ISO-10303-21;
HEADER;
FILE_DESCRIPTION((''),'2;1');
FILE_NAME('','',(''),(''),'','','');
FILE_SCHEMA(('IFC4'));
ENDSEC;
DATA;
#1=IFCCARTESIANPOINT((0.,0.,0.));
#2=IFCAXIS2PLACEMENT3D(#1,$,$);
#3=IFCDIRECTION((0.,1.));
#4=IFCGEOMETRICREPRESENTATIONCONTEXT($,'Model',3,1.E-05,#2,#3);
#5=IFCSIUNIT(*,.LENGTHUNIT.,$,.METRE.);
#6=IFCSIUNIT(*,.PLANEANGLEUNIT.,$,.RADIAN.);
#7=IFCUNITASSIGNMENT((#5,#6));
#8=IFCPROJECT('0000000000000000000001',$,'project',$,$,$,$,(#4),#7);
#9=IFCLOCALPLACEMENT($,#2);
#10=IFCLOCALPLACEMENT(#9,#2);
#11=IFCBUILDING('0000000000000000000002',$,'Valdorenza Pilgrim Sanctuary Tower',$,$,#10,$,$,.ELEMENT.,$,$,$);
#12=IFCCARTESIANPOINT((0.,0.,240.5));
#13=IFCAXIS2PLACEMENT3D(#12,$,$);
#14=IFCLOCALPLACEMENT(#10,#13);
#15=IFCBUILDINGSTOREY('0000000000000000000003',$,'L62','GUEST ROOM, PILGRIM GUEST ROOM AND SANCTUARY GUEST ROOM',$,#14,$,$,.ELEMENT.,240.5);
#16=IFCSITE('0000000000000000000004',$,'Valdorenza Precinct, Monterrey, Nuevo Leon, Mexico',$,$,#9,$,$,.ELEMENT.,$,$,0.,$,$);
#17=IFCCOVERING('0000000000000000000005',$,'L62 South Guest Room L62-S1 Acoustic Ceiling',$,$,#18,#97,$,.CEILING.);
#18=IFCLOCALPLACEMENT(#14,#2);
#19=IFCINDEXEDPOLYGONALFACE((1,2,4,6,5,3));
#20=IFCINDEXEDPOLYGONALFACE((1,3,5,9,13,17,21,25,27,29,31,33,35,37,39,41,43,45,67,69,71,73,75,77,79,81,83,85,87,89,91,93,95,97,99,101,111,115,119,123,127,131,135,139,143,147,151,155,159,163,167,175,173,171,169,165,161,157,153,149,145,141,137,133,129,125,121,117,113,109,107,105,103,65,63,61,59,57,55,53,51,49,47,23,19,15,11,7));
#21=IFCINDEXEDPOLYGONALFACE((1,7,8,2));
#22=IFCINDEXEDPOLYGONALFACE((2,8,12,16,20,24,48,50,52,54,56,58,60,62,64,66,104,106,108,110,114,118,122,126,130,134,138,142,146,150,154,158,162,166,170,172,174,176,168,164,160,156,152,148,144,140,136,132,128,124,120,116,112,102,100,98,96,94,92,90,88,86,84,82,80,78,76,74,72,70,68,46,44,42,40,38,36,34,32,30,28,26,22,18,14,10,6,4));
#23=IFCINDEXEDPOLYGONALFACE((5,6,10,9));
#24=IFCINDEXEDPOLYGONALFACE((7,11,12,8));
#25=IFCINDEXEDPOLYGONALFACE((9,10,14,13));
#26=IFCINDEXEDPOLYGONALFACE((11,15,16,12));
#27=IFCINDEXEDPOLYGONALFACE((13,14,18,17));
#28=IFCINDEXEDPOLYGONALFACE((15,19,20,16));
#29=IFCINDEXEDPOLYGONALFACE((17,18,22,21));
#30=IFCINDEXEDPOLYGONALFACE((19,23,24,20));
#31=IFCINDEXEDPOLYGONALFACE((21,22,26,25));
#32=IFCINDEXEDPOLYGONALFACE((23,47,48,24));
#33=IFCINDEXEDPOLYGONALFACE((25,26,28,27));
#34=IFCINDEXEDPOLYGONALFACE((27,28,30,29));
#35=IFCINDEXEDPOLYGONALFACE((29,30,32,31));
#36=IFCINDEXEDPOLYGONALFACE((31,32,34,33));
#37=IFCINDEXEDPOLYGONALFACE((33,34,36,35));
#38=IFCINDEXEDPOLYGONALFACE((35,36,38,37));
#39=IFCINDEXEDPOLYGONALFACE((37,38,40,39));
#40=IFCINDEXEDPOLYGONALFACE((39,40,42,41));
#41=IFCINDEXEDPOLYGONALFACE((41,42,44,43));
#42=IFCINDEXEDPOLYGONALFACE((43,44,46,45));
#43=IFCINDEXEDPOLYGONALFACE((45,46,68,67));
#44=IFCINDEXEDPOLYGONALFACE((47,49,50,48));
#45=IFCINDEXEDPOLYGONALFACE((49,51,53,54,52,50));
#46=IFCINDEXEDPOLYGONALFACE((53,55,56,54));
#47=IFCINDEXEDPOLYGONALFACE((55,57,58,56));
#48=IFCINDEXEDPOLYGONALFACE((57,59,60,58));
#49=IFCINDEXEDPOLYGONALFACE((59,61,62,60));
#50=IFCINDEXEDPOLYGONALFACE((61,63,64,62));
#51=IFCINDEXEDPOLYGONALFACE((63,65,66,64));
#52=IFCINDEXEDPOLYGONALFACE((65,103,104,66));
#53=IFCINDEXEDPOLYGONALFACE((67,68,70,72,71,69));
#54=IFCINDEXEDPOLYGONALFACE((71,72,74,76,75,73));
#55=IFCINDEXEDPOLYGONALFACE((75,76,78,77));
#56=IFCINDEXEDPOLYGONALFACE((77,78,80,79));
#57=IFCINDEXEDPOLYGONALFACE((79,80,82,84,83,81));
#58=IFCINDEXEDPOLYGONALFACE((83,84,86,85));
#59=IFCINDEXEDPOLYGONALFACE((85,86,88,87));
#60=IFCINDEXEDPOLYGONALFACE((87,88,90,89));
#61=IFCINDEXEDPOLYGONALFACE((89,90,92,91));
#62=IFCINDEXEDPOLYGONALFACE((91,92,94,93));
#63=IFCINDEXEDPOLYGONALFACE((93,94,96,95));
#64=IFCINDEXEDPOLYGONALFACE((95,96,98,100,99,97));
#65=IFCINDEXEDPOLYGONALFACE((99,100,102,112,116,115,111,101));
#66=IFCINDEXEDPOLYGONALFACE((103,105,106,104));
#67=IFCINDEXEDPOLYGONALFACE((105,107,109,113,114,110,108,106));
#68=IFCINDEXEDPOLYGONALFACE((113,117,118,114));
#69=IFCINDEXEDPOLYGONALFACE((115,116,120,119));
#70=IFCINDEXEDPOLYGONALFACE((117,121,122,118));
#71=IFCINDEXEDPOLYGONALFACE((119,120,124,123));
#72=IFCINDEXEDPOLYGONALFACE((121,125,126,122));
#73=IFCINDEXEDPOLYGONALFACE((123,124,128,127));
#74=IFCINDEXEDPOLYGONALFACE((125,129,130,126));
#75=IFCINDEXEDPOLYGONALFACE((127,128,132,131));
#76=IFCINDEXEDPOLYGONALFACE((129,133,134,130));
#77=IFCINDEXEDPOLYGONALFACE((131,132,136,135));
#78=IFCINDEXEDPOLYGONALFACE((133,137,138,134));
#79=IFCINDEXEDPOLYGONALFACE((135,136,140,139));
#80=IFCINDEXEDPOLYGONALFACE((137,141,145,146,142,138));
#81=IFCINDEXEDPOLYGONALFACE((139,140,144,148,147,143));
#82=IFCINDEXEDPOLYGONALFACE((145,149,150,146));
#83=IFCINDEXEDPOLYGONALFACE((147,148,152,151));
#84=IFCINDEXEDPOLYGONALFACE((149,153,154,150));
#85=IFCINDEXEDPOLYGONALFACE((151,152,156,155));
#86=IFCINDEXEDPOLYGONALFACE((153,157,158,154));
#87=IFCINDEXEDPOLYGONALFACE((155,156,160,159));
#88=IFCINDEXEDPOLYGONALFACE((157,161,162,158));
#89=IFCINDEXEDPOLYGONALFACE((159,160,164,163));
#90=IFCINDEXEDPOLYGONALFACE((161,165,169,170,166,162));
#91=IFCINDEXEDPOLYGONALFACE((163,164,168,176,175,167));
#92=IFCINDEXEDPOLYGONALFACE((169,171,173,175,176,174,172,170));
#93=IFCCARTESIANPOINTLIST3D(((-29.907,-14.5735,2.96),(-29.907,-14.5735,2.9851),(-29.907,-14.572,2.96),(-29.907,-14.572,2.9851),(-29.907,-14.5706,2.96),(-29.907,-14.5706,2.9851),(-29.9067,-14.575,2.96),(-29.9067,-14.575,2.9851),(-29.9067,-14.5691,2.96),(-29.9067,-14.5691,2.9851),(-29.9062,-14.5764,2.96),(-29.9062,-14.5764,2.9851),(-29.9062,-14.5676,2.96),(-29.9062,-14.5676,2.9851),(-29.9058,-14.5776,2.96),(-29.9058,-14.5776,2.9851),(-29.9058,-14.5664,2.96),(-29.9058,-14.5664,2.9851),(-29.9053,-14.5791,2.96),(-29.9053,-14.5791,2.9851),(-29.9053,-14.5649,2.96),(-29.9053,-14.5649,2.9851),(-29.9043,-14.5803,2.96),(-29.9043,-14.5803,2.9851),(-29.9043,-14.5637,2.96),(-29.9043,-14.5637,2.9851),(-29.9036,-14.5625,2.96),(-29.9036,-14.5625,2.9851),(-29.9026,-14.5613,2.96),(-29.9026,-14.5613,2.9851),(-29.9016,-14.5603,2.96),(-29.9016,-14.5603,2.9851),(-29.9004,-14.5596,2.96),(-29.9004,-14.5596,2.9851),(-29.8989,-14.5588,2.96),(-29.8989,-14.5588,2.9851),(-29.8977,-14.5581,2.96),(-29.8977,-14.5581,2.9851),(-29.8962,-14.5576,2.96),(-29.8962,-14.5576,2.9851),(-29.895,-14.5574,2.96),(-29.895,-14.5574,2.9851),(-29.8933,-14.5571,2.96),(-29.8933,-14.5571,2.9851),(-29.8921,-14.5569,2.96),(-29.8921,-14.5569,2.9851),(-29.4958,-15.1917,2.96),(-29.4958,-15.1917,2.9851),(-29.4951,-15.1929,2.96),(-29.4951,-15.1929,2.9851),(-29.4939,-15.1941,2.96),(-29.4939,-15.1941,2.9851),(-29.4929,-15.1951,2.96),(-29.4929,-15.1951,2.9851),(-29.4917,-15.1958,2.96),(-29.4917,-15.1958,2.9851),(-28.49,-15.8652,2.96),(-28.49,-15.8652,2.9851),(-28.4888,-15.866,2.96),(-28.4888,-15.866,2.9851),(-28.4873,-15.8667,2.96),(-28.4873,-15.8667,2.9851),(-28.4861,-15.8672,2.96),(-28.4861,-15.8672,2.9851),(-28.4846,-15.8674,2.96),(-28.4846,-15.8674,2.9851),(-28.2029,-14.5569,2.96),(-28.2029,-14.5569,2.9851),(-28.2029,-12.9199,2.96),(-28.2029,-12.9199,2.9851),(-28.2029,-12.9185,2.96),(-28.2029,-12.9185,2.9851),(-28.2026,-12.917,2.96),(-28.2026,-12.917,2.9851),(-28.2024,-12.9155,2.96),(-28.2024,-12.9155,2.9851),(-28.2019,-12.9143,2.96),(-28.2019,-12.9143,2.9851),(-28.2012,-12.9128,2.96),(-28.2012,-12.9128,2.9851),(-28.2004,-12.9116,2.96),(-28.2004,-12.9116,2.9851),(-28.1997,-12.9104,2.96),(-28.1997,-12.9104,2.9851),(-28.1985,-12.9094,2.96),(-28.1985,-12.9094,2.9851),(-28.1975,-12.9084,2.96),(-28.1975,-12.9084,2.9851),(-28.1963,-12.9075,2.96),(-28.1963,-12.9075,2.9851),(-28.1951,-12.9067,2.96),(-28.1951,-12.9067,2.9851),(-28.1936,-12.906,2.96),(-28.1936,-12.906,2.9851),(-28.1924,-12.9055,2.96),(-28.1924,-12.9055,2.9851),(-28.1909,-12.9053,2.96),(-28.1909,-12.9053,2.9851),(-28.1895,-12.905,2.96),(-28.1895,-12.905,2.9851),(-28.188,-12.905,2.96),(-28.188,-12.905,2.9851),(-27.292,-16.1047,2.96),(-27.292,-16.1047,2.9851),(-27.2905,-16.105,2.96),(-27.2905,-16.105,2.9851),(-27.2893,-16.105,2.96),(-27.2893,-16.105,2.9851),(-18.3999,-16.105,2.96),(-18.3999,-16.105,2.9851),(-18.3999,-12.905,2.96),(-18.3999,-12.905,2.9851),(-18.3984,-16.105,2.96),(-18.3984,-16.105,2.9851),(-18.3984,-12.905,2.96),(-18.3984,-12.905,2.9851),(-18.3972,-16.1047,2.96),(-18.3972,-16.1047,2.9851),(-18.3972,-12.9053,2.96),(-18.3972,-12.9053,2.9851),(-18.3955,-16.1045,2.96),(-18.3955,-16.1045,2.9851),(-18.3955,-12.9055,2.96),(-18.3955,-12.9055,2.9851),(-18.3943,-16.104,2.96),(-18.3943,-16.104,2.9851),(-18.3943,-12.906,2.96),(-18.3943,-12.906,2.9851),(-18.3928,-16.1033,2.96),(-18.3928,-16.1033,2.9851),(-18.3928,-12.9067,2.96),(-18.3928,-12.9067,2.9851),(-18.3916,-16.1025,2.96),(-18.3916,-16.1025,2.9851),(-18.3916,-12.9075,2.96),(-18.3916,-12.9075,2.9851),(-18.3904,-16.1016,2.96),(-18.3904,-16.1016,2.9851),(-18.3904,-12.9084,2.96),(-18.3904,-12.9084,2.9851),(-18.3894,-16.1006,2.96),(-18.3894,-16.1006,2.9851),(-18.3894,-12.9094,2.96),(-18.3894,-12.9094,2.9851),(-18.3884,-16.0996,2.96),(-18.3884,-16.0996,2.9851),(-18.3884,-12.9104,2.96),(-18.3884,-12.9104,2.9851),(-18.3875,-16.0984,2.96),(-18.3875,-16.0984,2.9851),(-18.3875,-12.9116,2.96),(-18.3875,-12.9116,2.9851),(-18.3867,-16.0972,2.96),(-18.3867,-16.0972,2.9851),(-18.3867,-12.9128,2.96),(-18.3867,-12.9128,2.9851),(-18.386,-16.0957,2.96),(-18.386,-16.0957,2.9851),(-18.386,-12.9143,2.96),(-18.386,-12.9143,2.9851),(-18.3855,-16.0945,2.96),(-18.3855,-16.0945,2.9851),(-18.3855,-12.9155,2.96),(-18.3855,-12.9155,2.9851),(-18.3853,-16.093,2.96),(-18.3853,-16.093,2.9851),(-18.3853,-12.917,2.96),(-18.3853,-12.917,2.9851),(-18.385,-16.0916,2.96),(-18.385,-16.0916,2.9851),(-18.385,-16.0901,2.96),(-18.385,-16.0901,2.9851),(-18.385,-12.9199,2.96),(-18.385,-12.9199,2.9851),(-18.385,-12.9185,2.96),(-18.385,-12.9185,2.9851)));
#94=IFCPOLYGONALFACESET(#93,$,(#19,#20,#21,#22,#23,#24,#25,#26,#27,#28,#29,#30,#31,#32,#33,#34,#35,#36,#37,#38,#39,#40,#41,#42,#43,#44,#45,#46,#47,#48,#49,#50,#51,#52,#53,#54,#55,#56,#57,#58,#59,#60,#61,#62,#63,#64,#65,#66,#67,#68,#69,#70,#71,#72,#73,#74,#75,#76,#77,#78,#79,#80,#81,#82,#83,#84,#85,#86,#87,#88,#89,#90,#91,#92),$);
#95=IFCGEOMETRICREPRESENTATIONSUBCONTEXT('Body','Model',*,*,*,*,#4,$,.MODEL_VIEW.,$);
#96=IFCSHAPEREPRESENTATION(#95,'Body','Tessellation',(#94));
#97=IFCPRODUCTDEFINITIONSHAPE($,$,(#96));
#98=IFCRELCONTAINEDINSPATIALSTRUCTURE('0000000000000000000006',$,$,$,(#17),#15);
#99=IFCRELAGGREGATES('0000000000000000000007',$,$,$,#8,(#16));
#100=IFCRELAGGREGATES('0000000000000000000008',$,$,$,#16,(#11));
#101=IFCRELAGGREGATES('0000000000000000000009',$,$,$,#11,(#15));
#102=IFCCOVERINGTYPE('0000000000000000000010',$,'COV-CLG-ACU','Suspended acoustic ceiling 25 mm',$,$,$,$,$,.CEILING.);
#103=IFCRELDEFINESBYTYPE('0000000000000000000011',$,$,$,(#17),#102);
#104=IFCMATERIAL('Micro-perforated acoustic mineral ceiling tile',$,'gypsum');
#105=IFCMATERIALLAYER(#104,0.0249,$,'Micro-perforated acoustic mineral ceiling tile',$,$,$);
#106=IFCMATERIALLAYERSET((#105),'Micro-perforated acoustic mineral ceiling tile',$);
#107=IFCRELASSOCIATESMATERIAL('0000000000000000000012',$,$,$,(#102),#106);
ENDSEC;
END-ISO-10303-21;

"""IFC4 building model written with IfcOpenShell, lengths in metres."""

from ifc_helpers import new_model, si_unit, direction, frame, origin, place, context, subcontext, project, spatial, polyline, outline, extrude, material, layer, layer_set, type_object, element, save


model = new_model("IFC4")

# Units and contexts
model_context = context("Model", 3, precision=1e-05, world=origin(), true_north=direction((0.0, 1.0)))
body_context = subcontext(model_context, "Body", "Model", "MODEL_VIEW")
ifc_project = project(units=[si_unit("LENGTHUNIT", "METRE"), si_unit("PLANEANGLEUNIT", "RADIAN")], contexts=[model_context])

# Site, building, storey
site_placement = place(None, origin())
site = spatial("IfcSite", under=ifc_project, at=site_placement, Name="Valdorenza Precinct, Monterrey, Nuevo Leon, Mexico", CompositionType="ELEMENT", RefElevation=0.0)
building_placement = place(site_placement, origin())
building = spatial("IfcBuilding", under=site, at=building_placement, Name="Valdorenza Pilgrim Sanctuary Tower", CompositionType="ELEMENT")
storey_placement = place(building_placement, frame((0.0, 0.0, 240.5)))
storey = spatial("IfcBuildingStorey", under=building, at=storey_placement, Name="L62", Description="GUEST ROOM, PILGRIM GUEST ROOM AND SANCTUARY GUEST ROOM", CompositionType="ELEMENT", Elevation=240.5)

# Covering
ifc_material_1 = material(Name="Micro-perforated acoustic mineral ceiling tile", Category="gypsum")
ifc_layer_1 = layer(ifc_material_1, 0.0249, Name="Micro-perforated acoustic mineral ceiling tile")
ifc_layer_set_1 = layer_set([ifc_layer_1], Name="Micro-perforated acoustic mineral ceiling tile")
covering_type_1 = type_object("IfcCoveringType", Name="COV-CLG-ACU", Description="Suspended acoustic ceiling 25 mm", PredefinedType="CEILING", material=ifc_layer_set_1)
covering_1_placement = place(storey_placement, frame((0.0, 0.0, 2.96)))
element("IfcCovering", 1, at=covering_1_placement, inside=storey, type_object=covering_type_1, Name="L62 South Guest Room L62-S1 Acoustic Ceiling", PredefinedType="CEILING", context=body_context, shape_type="SweptSolid", body=[
    extrude(outline(polyline([(-28.2029, -14.5569), (-28.2029, -12.9199), (-28.2029, -12.9185), (-28.2026, -12.917), (-28.2024, -12.9155), (-28.2019, -12.9143), (-28.2012, -12.9128), (-28.2004, -12.9116), (-28.1997, -12.9104), (-28.1985, -12.9094), (-28.1975, -12.9084), (-28.1963, -12.9075), (-28.1951, -12.9067), (-28.1936, -12.906), (-28.1924, -12.9055), (-28.1909, -12.9053), (-28.1895, -12.905), (-28.188, -12.905), (-18.3999, -12.905), (-18.3984, -12.905), (-18.3972, -12.9053), (-18.3955, -12.9055), (-18.3943, -12.906), (-18.3928, -12.9067), (-18.3916, -12.9075), (-18.3904, -12.9084), (-18.3894, -12.9094), (-18.3884, -12.9104), (-18.3875, -12.9116), (-18.3867, -12.9128), (-18.386, -12.9143), (-18.3855, -12.9155), (-18.3853, -12.917), (-18.385, -12.9185), (-18.385, -12.9199), (-18.385, -16.0901), (-18.385, -16.0916), (-18.3853, -16.093), (-18.3855, -16.0945), (-18.386, -16.0957), (-18.3867, -16.0972), (-18.3875, -16.0984), (-18.3884, -16.0996), (-18.3894, -16.1006), (-18.3904, -16.1016), (-18.3916, -16.1025), (-18.3928, -16.1033), (-18.3943, -16.104), (-18.3955, -16.1045), (-18.3972, -16.1047), (-18.3984, -16.105), (-18.3999, -16.105), (-27.2893, -16.105), (-27.2905, -16.105), (-27.292, -16.1047), (-28.4846, -15.8674), (-28.4861, -15.8672), (-28.4873, -15.8667), (-28.4888, -15.866), (-28.49, -15.8652), (-29.4917, -15.1958), (-29.4929, -15.1951), (-29.4939, -15.1941), (-29.4951, -15.1929), (-29.4958, -15.1917), (-29.9043, -14.5803), (-29.9053, -14.5791), (-29.9058, -14.5776), (-29.9062, -14.5764), (-29.9067, -14.575), (-29.907, -14.5735), (-29.907, -14.572), (-29.907, -14.5706), (-29.9067, -14.5691), (-29.9062, -14.5676), (-29.9058, -14.5664), (-29.9053, -14.5649), (-29.9043, -14.5637), (-29.9036, -14.5625), (-29.9026, -14.5613), (-29.9016, -14.5603), (-29.9004, -14.5596), (-29.8989, -14.5588), (-29.8977, -14.5581), (-29.8962, -14.5576), (-29.895, -14.5574), (-29.8933, -14.5571), (-29.8921, -14.5569), (-28.2029, -14.5569)])), origin(), (0.0, 0.0, 1.0), 0.0251),
])

save(model, "model.ifc")
